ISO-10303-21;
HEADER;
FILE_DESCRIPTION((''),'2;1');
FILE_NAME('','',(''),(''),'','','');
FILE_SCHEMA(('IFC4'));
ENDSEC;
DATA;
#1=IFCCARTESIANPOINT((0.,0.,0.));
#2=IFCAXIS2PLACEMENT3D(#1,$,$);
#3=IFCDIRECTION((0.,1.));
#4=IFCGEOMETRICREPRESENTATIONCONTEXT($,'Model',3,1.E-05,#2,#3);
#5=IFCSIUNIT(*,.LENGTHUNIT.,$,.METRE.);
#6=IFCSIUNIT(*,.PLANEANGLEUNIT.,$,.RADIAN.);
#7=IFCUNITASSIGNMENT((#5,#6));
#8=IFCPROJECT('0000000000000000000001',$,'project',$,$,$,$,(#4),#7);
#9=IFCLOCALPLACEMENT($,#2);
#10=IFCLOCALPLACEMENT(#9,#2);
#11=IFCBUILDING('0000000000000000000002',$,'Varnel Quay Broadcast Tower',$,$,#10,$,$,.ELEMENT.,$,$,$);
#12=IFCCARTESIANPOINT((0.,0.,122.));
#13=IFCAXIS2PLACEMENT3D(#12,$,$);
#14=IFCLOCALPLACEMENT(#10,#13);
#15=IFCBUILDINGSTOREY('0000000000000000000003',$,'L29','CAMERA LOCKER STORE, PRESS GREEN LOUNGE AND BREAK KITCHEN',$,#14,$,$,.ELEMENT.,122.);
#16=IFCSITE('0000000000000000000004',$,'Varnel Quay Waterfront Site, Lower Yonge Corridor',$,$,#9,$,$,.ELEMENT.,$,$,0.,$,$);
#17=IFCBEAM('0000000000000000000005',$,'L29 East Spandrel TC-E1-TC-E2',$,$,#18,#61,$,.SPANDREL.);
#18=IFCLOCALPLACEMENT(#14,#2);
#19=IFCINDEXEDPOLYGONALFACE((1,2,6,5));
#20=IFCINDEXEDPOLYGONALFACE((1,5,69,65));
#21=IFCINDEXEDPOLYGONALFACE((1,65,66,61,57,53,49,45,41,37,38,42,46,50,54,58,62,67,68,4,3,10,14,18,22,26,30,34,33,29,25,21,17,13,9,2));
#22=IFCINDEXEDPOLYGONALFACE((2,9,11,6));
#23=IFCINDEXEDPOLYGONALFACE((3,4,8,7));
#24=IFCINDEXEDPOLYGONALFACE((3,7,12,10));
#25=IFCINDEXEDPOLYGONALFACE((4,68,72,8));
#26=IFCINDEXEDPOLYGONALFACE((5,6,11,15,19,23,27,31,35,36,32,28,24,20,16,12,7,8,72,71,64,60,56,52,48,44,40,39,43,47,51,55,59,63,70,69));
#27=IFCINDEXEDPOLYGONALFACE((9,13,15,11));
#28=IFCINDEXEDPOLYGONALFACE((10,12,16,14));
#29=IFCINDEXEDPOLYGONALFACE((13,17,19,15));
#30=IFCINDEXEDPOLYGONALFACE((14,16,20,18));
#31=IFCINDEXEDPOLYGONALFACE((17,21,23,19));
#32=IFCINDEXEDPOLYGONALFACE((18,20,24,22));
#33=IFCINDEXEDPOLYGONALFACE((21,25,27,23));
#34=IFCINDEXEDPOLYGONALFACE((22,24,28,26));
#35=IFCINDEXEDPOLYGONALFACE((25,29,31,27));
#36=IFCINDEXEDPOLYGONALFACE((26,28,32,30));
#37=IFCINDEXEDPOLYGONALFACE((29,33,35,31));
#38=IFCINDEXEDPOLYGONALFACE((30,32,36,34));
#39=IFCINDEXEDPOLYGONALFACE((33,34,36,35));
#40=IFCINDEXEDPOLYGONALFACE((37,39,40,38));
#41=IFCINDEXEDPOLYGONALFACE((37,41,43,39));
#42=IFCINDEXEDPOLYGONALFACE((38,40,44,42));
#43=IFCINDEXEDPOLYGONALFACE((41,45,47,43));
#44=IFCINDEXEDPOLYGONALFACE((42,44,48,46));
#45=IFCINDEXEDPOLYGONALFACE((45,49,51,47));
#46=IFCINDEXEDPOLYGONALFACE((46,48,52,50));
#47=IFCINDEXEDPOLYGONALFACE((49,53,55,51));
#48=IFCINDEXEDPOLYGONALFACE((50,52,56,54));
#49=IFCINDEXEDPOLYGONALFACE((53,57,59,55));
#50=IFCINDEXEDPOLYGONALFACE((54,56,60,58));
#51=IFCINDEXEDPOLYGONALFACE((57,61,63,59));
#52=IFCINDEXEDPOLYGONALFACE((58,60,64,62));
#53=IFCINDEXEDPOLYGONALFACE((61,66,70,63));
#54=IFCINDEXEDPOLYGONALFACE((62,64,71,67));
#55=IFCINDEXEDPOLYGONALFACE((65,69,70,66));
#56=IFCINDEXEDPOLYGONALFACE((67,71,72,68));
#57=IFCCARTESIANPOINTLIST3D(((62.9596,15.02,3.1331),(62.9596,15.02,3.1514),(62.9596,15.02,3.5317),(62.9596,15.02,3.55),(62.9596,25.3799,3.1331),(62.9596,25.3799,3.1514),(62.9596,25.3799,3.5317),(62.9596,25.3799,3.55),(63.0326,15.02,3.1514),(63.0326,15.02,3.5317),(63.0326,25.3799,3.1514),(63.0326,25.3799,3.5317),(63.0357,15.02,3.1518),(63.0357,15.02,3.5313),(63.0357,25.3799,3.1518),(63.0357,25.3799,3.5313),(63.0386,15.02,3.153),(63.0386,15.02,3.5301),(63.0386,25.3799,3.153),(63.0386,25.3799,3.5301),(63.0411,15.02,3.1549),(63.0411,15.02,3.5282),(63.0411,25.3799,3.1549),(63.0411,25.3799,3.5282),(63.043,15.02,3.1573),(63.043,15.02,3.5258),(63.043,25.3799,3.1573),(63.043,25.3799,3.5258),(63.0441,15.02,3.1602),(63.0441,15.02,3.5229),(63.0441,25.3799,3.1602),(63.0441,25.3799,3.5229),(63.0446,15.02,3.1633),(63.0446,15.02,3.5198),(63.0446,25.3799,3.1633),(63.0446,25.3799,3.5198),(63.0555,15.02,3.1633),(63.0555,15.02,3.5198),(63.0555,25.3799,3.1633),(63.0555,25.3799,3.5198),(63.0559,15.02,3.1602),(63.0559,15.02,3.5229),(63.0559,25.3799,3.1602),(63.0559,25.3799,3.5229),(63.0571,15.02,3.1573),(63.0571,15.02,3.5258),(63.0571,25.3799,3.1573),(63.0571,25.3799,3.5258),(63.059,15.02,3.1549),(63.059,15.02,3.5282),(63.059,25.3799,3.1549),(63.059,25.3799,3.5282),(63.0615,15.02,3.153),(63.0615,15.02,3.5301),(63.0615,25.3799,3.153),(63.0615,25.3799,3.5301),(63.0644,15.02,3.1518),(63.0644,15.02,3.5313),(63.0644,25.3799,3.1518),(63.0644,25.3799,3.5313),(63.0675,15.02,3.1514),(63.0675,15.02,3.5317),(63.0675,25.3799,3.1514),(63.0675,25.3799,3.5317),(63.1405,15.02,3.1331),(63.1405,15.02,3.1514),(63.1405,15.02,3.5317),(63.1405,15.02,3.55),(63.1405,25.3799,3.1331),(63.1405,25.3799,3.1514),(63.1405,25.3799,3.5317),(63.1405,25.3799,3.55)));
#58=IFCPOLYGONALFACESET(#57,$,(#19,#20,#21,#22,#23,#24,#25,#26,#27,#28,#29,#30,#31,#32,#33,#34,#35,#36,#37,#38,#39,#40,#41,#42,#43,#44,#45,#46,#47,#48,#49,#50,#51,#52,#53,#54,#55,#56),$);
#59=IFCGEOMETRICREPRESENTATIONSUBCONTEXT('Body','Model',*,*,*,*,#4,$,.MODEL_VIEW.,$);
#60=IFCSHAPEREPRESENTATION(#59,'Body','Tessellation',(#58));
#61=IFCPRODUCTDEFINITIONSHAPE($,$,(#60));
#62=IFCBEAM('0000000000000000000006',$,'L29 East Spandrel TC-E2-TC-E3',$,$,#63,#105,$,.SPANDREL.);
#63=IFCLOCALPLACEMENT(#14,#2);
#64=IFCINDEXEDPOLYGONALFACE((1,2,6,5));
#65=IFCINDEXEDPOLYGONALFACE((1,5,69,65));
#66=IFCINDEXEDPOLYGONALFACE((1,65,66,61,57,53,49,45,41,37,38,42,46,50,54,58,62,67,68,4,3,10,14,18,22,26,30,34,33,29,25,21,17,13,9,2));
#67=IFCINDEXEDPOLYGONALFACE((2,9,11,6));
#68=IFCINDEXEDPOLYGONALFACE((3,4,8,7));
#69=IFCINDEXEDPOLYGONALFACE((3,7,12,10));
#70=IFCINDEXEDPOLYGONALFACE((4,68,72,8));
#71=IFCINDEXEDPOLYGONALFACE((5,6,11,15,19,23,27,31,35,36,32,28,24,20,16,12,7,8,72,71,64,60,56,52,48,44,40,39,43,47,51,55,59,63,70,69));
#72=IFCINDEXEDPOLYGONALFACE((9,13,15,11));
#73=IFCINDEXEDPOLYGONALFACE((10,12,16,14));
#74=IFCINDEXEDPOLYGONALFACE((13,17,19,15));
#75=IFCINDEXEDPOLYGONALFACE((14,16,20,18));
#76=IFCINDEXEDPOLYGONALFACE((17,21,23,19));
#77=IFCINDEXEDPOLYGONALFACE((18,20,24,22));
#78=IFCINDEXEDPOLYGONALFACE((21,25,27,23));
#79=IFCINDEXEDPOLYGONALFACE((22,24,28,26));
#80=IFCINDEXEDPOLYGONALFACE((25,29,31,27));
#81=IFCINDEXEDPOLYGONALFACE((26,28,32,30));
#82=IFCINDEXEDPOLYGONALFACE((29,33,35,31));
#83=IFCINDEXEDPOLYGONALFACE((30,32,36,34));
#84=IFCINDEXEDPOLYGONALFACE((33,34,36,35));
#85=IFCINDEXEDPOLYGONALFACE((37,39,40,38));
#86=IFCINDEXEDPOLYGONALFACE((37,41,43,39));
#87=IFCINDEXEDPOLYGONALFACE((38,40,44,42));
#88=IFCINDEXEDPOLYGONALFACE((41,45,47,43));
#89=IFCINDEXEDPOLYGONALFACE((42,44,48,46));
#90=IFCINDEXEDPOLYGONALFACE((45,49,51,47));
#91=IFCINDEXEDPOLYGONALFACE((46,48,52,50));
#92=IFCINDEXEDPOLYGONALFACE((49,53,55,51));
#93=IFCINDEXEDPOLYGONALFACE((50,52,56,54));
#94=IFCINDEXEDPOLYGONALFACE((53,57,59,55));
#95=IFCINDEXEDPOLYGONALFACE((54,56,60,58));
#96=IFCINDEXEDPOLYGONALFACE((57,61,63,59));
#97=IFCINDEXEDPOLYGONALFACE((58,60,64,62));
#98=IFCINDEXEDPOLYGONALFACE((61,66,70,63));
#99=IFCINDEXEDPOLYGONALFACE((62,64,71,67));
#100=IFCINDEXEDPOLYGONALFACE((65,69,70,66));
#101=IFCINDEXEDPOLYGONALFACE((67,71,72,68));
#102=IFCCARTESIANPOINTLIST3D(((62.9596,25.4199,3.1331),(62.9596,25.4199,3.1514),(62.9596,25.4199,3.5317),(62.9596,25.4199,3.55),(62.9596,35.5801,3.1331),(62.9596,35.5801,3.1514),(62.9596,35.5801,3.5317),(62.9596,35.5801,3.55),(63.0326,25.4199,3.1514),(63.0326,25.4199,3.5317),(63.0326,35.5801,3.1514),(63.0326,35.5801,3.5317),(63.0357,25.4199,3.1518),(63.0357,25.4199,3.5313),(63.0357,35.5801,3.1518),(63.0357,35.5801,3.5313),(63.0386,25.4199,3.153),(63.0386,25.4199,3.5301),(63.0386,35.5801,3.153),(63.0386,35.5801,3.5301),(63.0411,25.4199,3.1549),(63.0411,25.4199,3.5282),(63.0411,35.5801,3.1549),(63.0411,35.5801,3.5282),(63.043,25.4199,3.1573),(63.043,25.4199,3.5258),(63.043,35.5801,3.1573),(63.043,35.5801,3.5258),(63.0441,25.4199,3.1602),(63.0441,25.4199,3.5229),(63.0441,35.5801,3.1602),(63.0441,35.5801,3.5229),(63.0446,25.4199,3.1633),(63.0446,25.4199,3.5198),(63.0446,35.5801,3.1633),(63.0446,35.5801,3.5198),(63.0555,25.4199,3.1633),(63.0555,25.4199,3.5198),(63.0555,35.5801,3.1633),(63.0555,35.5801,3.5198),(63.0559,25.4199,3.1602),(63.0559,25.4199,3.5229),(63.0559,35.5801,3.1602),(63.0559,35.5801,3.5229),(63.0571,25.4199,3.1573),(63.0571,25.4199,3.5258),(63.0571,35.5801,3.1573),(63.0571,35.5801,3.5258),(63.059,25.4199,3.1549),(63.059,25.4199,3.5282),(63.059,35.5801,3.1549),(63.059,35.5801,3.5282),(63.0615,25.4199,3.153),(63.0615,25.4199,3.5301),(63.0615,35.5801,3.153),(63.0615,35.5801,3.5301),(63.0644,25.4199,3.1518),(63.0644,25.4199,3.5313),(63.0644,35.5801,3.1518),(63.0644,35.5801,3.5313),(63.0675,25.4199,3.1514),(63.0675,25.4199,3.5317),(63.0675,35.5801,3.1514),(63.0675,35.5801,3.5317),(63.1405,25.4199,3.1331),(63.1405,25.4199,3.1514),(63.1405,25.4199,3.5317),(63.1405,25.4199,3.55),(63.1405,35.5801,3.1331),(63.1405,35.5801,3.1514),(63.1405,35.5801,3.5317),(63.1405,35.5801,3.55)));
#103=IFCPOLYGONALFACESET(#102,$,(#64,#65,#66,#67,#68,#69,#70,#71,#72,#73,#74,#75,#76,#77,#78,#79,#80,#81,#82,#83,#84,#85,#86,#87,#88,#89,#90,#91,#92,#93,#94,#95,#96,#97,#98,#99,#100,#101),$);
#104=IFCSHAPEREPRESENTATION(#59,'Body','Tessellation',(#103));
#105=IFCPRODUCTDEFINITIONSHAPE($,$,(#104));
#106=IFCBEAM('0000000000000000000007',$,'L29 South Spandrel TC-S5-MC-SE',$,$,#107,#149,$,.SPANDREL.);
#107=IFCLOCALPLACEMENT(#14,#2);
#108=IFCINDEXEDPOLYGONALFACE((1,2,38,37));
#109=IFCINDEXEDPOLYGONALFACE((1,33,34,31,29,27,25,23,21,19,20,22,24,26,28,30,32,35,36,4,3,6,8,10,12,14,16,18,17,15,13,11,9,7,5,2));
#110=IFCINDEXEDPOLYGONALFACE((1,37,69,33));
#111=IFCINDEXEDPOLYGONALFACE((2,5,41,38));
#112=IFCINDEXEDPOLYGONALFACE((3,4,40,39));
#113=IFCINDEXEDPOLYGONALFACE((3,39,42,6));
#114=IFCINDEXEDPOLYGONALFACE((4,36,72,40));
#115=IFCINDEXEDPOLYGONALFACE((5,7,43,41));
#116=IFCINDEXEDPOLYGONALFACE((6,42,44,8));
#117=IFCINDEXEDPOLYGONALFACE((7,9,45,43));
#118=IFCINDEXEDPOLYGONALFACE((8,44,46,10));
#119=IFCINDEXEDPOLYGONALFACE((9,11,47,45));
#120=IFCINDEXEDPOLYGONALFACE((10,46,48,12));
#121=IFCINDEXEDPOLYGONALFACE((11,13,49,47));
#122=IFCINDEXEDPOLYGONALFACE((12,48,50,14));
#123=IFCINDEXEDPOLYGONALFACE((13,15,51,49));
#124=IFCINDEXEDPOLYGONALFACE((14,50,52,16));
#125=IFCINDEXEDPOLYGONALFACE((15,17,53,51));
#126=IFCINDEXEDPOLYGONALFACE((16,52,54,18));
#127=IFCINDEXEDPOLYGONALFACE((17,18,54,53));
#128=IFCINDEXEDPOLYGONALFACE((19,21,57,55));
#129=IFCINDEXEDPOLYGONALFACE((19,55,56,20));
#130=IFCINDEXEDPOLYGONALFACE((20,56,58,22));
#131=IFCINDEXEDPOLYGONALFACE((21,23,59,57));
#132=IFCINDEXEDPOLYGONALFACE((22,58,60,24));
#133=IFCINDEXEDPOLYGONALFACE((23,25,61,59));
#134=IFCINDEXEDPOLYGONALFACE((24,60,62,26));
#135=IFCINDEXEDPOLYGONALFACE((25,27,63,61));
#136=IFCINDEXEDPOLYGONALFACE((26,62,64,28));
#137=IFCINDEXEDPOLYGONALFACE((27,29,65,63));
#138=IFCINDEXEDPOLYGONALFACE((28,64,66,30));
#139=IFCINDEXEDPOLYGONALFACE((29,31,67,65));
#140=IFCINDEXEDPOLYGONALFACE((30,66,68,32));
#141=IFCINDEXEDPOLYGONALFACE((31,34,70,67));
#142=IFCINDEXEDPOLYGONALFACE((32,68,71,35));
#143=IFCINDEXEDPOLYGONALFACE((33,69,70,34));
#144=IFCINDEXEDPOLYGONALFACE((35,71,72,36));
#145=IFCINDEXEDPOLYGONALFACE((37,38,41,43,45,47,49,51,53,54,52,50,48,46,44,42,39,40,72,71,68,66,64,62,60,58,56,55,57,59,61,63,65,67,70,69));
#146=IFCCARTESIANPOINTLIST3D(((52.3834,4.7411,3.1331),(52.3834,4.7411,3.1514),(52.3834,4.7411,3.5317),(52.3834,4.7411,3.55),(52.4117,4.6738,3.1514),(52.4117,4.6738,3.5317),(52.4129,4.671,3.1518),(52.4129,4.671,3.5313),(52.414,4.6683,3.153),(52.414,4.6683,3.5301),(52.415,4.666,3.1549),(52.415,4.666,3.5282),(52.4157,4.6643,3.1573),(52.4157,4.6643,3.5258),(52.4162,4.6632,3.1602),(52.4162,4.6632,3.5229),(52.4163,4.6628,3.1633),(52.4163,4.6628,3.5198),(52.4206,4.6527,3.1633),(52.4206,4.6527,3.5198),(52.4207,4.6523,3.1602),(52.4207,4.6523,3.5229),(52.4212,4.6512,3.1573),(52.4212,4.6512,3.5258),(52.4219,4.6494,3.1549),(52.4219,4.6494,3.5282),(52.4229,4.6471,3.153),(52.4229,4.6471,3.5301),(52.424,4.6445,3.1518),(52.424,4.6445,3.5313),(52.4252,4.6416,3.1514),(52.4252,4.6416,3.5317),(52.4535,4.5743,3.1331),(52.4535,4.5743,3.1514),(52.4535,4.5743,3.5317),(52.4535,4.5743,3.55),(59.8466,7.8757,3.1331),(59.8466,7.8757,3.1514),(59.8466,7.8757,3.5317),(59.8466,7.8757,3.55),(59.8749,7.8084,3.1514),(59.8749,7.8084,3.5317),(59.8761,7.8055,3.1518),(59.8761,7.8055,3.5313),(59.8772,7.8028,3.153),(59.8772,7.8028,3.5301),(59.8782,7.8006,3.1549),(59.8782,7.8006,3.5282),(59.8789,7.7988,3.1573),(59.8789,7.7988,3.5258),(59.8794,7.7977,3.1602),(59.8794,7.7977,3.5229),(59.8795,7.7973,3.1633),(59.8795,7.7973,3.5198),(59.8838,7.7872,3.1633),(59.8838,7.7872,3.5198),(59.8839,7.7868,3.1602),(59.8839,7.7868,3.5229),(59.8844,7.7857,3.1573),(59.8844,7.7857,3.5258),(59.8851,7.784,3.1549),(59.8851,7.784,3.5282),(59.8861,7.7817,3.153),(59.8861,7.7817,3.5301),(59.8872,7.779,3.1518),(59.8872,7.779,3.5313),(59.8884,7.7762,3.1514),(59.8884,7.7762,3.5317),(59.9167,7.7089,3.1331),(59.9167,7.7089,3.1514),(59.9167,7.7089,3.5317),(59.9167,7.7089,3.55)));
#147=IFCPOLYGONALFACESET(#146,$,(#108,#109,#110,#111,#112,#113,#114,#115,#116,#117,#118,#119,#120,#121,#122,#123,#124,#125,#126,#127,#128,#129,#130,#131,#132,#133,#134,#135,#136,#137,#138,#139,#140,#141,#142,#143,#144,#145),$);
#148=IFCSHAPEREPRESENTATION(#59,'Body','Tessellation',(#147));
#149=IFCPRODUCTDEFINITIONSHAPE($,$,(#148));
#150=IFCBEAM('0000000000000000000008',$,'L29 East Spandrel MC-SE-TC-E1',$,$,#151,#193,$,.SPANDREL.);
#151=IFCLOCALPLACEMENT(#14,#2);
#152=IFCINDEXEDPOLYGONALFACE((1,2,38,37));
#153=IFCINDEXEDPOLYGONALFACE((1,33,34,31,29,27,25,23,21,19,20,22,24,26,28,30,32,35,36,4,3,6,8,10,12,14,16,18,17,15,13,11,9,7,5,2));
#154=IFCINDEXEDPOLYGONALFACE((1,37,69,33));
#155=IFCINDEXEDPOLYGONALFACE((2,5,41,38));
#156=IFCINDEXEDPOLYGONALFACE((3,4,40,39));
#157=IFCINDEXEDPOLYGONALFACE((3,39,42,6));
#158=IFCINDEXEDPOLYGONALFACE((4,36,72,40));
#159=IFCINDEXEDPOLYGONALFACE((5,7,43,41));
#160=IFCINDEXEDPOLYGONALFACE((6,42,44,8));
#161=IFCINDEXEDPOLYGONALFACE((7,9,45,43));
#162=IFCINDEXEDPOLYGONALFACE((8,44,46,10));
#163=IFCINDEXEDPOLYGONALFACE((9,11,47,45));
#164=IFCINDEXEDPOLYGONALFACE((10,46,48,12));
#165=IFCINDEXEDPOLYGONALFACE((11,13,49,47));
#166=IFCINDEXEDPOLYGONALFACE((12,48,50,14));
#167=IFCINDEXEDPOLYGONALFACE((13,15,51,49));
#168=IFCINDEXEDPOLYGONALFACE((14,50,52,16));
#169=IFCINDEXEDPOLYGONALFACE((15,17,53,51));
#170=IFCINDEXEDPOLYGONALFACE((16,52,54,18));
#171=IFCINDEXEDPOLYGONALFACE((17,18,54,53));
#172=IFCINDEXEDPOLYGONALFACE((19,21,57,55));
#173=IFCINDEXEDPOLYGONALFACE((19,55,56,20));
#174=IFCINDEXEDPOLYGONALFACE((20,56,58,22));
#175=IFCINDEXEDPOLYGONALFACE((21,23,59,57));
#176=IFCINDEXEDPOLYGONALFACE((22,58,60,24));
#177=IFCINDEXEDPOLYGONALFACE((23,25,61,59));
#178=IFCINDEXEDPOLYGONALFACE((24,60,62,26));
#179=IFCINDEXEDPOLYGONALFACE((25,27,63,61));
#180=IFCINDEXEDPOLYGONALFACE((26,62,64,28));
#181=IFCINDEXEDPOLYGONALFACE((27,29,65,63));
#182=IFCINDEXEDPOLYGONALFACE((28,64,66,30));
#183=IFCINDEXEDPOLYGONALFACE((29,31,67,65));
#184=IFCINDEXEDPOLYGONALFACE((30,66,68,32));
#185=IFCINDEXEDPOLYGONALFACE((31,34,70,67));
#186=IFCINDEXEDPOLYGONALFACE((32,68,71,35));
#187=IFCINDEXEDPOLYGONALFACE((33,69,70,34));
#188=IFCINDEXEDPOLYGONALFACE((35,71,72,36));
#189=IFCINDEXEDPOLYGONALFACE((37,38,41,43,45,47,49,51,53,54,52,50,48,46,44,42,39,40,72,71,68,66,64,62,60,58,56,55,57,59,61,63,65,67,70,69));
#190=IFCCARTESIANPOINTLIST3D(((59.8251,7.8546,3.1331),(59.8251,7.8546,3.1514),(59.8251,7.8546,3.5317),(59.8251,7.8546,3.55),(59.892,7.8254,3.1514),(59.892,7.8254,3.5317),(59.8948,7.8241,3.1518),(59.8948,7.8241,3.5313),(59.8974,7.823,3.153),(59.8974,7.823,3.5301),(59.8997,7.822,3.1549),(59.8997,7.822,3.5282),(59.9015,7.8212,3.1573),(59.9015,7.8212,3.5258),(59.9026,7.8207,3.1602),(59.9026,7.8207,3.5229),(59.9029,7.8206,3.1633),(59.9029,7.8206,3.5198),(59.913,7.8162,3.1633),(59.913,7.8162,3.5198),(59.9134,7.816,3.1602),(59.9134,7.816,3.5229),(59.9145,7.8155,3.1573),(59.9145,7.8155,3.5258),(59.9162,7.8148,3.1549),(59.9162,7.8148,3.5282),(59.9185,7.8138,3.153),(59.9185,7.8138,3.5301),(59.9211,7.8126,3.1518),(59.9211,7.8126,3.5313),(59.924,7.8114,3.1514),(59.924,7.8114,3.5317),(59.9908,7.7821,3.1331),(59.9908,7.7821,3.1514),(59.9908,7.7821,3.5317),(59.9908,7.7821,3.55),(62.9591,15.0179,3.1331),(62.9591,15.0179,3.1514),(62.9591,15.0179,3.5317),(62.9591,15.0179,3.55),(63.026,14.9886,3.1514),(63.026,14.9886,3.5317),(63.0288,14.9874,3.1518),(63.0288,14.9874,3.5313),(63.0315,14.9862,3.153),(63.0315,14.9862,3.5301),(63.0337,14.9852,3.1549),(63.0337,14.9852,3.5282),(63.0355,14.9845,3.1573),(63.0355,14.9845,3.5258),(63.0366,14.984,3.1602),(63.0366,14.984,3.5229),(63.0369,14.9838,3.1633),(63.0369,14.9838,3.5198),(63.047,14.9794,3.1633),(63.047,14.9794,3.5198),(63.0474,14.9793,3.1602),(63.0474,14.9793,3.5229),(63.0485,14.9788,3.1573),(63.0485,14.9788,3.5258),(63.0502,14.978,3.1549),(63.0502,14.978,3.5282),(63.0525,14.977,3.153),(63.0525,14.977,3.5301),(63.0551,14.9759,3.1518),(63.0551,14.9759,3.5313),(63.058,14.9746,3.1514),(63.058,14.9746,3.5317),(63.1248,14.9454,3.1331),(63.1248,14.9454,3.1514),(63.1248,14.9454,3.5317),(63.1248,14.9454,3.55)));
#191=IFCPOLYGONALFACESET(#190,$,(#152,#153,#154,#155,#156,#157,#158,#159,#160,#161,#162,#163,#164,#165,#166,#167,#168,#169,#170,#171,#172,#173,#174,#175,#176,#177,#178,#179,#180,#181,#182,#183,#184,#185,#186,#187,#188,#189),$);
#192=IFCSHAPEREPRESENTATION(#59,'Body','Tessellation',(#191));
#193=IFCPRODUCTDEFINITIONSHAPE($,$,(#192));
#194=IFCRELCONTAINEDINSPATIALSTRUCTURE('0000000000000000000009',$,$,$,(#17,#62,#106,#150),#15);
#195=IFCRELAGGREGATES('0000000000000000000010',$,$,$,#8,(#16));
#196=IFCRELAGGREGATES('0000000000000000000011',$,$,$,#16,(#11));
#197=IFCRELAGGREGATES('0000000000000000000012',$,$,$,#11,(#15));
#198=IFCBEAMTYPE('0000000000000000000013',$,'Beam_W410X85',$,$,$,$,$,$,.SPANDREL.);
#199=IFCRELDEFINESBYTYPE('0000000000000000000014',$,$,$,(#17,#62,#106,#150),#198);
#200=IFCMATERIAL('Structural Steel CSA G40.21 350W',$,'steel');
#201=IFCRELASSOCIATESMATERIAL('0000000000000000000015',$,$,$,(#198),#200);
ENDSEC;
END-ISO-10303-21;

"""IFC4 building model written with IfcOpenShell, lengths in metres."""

from ifc_helpers import new_model, si_unit, direction, frame, origin, origin_2d, place, context, subcontext, project, spatial, i_section, extrude, source, transform, mapped, material, material_profile, profile_set, type_object, type_shapes, element, save


model = new_model("IFC4")

# Units and contexts
model_context = context("Model", 3, precision=1e-05, world=origin(), true_north=direction((0.0, 1.0)))
body_context = subcontext(model_context, "Body", "Model", "MODEL_VIEW")
ifc_project = project(units=[si_unit("LENGTHUNIT", "METRE"), si_unit("PLANEANGLEUNIT", "RADIAN")], contexts=[model_context])

# Site, building, storey
site_placement = place(None, origin())
site = spatial("IfcSite", under=ifc_project, at=site_placement, Name="Varnel Quay Waterfront Site, Lower Yonge Corridor", CompositionType="ELEMENT", RefElevation=0.0)
building_placement = place(site_placement, origin())
building = spatial("IfcBuilding", under=site, at=building_placement, Name="Varnel Quay Broadcast Tower", CompositionType="ELEMENT")
storey_placement = place(building_placement, frame((0.0, 0.0, 122.0)))
storey = spatial("IfcBuildingStorey", under=building, at=storey_placement, Name="L29", Description="CAMERA LOCKER STORE, PRESS GREEN LOUNGE AND BREAK KITCHEN", CompositionType="ELEMENT", Elevation=122.0)

# Shared definitions
ifc_material_1 = material(Name="Structural Steel CSA G40.21 350W", Category="steel")

# Beams
ifc_material_profile_1 = material_profile(ifc_material_1, i_section(OverallWidth=0.1809, OverallDepth=0.417, WebThickness=0.011, FlangeThickness=0.0183, FilletRadius=0.012, at=origin_2d()), Name="W410X85")
ifc_profile_set_1 = profile_set([ifc_material_profile_1], Name="Structural Steel CSA G40.21 350W")
beam_type = type_object("IfcBeamType", Name="Beam_W410X85", PredefinedType="SPANDREL", material=ifc_profile_set_1)
shared_shape_1 = source(origin(), body_context, "Body", "SweptSolid", [
    extrude(i_section(OverallWidth=0.1809, OverallDepth=0.417, WebThickness=0.011, FlangeThickness=0.0183, FilletRadius=0.012, at=origin_2d()), origin(), (0.0, 0.0, 1.0), 10.3599),
])
beam_1_placement = place(storey_placement, frame((63.05, 15.02, 3.3416), z_axis=(0.0, 1.0, 0.0), x_axis=(-1.0, 0.0, 0.0)))
element("IfcBeam", 1, at=beam_1_placement, inside=storey, type_object=beam_type, Name="L29 East Spandrel TC-E1-TC-E2", PredefinedType="SPANDREL", context=body_context, shape_type="MappedRepresentation", body=[
    mapped(shared_shape_1, transform((0.0, 0.0, 0.0), x_axis=(1.0, 0.0, 0.0), y_axis=(0.0, 1.0, 0.0), z_axis=(0.0, 0.0, 1.0), scale=1.0)),
])
shared_shape_2 = source(origin(), body_context, "Body", "SweptSolid", [
    extrude(i_section(OverallWidth=0.1809, OverallDepth=0.417, WebThickness=0.011, FlangeThickness=0.0183, FilletRadius=0.012, at=origin_2d()), origin(), (0.0, 0.0, 1.0), 10.1602),
])
beam_2_placement = place(storey_placement, frame((63.05, 25.4199, 3.3416), z_axis=(0.0, 1.0, 0.0), x_axis=(-1.0, 0.0, 0.0)))
element("IfcBeam", 2, at=beam_2_placement, inside=storey, type_object=beam_type, Name="L29 East Spandrel TC-E2-TC-E3", PredefinedType="SPANDREL", context=body_context, shape_type="MappedRepresentation", body=[
    mapped(shared_shape_2, transform((0.0, 0.0, 0.0), x_axis=(1.0, 0.0, 0.0), y_axis=(0.0, 1.0, 0.0), z_axis=(0.0, 0.0, 1.0), scale=1.0)),
])
shared_shape_3 = source(origin(), body_context, "Body", "SweptSolid", [
    extrude(i_section(OverallWidth=0.1809, OverallDepth=0.417, WebThickness=0.011, FlangeThickness=0.0183, FilletRadius=0.012, at=origin_2d()), origin(), (0.0, 0.0, 1.0), 8.0947),
])
beam_3_placement = place(storey_placement, frame((52.4185, 4.6577, 3.3416), z_axis=(0.921982, 0.387233, 0.0), x_axis=(-0.387233, 0.921982, 0.0)))
element("IfcBeam", 3, at=beam_3_placement, inside=storey, type_object=beam_type, Name="L29 South Spandrel TC-S5-MC-SE", PredefinedType="SPANDREL", context=body_context, shape_type="MappedRepresentation", body=[
    mapped(shared_shape_3, transform((0.0, 0.0, 0.0), x_axis=(1.0, 0.0, 0.0), y_axis=(0.0, 1.0, 0.0), z_axis=(0.0, 0.0, 1.0), scale=1.0)),
])
shared_shape_4 = source(origin(), body_context, "Body", "SweptSolid", [
    extrude(i_section(OverallWidth=0.1809, OverallDepth=0.417, WebThickness=0.011, FlangeThickness=0.0183, FilletRadius=0.012, at=origin_2d()), origin(), (0.0, 0.0, 1.0), 7.8188),
])
type_shapes(beam_type, [shared_shape_1, shared_shape_2, shared_shape_3, shared_shape_4])
beam_4_placement = place(storey_placement, frame((59.908, 7.8184, 3.3416), z_axis=(0.400827, 0.916154, 0.0), x_axis=(-0.916154, 0.400827, 0.0)))
element("IfcBeam", 4, at=beam_4_placement, inside=storey, type_object=beam_type, Name="L29 East Spandrel MC-SE-TC-E1", PredefinedType="SPANDREL", context=body_context, shape_type="MappedRepresentation", body=[
    mapped(shared_shape_4, transform((0.0, 0.0, 0.0), x_axis=(1.0, 0.0, 0.0), y_axis=(0.0, 1.0, 0.0), z_axis=(0.0, 0.0, 1.0), scale=1.0)),
])

save(model, "model.ifc")
